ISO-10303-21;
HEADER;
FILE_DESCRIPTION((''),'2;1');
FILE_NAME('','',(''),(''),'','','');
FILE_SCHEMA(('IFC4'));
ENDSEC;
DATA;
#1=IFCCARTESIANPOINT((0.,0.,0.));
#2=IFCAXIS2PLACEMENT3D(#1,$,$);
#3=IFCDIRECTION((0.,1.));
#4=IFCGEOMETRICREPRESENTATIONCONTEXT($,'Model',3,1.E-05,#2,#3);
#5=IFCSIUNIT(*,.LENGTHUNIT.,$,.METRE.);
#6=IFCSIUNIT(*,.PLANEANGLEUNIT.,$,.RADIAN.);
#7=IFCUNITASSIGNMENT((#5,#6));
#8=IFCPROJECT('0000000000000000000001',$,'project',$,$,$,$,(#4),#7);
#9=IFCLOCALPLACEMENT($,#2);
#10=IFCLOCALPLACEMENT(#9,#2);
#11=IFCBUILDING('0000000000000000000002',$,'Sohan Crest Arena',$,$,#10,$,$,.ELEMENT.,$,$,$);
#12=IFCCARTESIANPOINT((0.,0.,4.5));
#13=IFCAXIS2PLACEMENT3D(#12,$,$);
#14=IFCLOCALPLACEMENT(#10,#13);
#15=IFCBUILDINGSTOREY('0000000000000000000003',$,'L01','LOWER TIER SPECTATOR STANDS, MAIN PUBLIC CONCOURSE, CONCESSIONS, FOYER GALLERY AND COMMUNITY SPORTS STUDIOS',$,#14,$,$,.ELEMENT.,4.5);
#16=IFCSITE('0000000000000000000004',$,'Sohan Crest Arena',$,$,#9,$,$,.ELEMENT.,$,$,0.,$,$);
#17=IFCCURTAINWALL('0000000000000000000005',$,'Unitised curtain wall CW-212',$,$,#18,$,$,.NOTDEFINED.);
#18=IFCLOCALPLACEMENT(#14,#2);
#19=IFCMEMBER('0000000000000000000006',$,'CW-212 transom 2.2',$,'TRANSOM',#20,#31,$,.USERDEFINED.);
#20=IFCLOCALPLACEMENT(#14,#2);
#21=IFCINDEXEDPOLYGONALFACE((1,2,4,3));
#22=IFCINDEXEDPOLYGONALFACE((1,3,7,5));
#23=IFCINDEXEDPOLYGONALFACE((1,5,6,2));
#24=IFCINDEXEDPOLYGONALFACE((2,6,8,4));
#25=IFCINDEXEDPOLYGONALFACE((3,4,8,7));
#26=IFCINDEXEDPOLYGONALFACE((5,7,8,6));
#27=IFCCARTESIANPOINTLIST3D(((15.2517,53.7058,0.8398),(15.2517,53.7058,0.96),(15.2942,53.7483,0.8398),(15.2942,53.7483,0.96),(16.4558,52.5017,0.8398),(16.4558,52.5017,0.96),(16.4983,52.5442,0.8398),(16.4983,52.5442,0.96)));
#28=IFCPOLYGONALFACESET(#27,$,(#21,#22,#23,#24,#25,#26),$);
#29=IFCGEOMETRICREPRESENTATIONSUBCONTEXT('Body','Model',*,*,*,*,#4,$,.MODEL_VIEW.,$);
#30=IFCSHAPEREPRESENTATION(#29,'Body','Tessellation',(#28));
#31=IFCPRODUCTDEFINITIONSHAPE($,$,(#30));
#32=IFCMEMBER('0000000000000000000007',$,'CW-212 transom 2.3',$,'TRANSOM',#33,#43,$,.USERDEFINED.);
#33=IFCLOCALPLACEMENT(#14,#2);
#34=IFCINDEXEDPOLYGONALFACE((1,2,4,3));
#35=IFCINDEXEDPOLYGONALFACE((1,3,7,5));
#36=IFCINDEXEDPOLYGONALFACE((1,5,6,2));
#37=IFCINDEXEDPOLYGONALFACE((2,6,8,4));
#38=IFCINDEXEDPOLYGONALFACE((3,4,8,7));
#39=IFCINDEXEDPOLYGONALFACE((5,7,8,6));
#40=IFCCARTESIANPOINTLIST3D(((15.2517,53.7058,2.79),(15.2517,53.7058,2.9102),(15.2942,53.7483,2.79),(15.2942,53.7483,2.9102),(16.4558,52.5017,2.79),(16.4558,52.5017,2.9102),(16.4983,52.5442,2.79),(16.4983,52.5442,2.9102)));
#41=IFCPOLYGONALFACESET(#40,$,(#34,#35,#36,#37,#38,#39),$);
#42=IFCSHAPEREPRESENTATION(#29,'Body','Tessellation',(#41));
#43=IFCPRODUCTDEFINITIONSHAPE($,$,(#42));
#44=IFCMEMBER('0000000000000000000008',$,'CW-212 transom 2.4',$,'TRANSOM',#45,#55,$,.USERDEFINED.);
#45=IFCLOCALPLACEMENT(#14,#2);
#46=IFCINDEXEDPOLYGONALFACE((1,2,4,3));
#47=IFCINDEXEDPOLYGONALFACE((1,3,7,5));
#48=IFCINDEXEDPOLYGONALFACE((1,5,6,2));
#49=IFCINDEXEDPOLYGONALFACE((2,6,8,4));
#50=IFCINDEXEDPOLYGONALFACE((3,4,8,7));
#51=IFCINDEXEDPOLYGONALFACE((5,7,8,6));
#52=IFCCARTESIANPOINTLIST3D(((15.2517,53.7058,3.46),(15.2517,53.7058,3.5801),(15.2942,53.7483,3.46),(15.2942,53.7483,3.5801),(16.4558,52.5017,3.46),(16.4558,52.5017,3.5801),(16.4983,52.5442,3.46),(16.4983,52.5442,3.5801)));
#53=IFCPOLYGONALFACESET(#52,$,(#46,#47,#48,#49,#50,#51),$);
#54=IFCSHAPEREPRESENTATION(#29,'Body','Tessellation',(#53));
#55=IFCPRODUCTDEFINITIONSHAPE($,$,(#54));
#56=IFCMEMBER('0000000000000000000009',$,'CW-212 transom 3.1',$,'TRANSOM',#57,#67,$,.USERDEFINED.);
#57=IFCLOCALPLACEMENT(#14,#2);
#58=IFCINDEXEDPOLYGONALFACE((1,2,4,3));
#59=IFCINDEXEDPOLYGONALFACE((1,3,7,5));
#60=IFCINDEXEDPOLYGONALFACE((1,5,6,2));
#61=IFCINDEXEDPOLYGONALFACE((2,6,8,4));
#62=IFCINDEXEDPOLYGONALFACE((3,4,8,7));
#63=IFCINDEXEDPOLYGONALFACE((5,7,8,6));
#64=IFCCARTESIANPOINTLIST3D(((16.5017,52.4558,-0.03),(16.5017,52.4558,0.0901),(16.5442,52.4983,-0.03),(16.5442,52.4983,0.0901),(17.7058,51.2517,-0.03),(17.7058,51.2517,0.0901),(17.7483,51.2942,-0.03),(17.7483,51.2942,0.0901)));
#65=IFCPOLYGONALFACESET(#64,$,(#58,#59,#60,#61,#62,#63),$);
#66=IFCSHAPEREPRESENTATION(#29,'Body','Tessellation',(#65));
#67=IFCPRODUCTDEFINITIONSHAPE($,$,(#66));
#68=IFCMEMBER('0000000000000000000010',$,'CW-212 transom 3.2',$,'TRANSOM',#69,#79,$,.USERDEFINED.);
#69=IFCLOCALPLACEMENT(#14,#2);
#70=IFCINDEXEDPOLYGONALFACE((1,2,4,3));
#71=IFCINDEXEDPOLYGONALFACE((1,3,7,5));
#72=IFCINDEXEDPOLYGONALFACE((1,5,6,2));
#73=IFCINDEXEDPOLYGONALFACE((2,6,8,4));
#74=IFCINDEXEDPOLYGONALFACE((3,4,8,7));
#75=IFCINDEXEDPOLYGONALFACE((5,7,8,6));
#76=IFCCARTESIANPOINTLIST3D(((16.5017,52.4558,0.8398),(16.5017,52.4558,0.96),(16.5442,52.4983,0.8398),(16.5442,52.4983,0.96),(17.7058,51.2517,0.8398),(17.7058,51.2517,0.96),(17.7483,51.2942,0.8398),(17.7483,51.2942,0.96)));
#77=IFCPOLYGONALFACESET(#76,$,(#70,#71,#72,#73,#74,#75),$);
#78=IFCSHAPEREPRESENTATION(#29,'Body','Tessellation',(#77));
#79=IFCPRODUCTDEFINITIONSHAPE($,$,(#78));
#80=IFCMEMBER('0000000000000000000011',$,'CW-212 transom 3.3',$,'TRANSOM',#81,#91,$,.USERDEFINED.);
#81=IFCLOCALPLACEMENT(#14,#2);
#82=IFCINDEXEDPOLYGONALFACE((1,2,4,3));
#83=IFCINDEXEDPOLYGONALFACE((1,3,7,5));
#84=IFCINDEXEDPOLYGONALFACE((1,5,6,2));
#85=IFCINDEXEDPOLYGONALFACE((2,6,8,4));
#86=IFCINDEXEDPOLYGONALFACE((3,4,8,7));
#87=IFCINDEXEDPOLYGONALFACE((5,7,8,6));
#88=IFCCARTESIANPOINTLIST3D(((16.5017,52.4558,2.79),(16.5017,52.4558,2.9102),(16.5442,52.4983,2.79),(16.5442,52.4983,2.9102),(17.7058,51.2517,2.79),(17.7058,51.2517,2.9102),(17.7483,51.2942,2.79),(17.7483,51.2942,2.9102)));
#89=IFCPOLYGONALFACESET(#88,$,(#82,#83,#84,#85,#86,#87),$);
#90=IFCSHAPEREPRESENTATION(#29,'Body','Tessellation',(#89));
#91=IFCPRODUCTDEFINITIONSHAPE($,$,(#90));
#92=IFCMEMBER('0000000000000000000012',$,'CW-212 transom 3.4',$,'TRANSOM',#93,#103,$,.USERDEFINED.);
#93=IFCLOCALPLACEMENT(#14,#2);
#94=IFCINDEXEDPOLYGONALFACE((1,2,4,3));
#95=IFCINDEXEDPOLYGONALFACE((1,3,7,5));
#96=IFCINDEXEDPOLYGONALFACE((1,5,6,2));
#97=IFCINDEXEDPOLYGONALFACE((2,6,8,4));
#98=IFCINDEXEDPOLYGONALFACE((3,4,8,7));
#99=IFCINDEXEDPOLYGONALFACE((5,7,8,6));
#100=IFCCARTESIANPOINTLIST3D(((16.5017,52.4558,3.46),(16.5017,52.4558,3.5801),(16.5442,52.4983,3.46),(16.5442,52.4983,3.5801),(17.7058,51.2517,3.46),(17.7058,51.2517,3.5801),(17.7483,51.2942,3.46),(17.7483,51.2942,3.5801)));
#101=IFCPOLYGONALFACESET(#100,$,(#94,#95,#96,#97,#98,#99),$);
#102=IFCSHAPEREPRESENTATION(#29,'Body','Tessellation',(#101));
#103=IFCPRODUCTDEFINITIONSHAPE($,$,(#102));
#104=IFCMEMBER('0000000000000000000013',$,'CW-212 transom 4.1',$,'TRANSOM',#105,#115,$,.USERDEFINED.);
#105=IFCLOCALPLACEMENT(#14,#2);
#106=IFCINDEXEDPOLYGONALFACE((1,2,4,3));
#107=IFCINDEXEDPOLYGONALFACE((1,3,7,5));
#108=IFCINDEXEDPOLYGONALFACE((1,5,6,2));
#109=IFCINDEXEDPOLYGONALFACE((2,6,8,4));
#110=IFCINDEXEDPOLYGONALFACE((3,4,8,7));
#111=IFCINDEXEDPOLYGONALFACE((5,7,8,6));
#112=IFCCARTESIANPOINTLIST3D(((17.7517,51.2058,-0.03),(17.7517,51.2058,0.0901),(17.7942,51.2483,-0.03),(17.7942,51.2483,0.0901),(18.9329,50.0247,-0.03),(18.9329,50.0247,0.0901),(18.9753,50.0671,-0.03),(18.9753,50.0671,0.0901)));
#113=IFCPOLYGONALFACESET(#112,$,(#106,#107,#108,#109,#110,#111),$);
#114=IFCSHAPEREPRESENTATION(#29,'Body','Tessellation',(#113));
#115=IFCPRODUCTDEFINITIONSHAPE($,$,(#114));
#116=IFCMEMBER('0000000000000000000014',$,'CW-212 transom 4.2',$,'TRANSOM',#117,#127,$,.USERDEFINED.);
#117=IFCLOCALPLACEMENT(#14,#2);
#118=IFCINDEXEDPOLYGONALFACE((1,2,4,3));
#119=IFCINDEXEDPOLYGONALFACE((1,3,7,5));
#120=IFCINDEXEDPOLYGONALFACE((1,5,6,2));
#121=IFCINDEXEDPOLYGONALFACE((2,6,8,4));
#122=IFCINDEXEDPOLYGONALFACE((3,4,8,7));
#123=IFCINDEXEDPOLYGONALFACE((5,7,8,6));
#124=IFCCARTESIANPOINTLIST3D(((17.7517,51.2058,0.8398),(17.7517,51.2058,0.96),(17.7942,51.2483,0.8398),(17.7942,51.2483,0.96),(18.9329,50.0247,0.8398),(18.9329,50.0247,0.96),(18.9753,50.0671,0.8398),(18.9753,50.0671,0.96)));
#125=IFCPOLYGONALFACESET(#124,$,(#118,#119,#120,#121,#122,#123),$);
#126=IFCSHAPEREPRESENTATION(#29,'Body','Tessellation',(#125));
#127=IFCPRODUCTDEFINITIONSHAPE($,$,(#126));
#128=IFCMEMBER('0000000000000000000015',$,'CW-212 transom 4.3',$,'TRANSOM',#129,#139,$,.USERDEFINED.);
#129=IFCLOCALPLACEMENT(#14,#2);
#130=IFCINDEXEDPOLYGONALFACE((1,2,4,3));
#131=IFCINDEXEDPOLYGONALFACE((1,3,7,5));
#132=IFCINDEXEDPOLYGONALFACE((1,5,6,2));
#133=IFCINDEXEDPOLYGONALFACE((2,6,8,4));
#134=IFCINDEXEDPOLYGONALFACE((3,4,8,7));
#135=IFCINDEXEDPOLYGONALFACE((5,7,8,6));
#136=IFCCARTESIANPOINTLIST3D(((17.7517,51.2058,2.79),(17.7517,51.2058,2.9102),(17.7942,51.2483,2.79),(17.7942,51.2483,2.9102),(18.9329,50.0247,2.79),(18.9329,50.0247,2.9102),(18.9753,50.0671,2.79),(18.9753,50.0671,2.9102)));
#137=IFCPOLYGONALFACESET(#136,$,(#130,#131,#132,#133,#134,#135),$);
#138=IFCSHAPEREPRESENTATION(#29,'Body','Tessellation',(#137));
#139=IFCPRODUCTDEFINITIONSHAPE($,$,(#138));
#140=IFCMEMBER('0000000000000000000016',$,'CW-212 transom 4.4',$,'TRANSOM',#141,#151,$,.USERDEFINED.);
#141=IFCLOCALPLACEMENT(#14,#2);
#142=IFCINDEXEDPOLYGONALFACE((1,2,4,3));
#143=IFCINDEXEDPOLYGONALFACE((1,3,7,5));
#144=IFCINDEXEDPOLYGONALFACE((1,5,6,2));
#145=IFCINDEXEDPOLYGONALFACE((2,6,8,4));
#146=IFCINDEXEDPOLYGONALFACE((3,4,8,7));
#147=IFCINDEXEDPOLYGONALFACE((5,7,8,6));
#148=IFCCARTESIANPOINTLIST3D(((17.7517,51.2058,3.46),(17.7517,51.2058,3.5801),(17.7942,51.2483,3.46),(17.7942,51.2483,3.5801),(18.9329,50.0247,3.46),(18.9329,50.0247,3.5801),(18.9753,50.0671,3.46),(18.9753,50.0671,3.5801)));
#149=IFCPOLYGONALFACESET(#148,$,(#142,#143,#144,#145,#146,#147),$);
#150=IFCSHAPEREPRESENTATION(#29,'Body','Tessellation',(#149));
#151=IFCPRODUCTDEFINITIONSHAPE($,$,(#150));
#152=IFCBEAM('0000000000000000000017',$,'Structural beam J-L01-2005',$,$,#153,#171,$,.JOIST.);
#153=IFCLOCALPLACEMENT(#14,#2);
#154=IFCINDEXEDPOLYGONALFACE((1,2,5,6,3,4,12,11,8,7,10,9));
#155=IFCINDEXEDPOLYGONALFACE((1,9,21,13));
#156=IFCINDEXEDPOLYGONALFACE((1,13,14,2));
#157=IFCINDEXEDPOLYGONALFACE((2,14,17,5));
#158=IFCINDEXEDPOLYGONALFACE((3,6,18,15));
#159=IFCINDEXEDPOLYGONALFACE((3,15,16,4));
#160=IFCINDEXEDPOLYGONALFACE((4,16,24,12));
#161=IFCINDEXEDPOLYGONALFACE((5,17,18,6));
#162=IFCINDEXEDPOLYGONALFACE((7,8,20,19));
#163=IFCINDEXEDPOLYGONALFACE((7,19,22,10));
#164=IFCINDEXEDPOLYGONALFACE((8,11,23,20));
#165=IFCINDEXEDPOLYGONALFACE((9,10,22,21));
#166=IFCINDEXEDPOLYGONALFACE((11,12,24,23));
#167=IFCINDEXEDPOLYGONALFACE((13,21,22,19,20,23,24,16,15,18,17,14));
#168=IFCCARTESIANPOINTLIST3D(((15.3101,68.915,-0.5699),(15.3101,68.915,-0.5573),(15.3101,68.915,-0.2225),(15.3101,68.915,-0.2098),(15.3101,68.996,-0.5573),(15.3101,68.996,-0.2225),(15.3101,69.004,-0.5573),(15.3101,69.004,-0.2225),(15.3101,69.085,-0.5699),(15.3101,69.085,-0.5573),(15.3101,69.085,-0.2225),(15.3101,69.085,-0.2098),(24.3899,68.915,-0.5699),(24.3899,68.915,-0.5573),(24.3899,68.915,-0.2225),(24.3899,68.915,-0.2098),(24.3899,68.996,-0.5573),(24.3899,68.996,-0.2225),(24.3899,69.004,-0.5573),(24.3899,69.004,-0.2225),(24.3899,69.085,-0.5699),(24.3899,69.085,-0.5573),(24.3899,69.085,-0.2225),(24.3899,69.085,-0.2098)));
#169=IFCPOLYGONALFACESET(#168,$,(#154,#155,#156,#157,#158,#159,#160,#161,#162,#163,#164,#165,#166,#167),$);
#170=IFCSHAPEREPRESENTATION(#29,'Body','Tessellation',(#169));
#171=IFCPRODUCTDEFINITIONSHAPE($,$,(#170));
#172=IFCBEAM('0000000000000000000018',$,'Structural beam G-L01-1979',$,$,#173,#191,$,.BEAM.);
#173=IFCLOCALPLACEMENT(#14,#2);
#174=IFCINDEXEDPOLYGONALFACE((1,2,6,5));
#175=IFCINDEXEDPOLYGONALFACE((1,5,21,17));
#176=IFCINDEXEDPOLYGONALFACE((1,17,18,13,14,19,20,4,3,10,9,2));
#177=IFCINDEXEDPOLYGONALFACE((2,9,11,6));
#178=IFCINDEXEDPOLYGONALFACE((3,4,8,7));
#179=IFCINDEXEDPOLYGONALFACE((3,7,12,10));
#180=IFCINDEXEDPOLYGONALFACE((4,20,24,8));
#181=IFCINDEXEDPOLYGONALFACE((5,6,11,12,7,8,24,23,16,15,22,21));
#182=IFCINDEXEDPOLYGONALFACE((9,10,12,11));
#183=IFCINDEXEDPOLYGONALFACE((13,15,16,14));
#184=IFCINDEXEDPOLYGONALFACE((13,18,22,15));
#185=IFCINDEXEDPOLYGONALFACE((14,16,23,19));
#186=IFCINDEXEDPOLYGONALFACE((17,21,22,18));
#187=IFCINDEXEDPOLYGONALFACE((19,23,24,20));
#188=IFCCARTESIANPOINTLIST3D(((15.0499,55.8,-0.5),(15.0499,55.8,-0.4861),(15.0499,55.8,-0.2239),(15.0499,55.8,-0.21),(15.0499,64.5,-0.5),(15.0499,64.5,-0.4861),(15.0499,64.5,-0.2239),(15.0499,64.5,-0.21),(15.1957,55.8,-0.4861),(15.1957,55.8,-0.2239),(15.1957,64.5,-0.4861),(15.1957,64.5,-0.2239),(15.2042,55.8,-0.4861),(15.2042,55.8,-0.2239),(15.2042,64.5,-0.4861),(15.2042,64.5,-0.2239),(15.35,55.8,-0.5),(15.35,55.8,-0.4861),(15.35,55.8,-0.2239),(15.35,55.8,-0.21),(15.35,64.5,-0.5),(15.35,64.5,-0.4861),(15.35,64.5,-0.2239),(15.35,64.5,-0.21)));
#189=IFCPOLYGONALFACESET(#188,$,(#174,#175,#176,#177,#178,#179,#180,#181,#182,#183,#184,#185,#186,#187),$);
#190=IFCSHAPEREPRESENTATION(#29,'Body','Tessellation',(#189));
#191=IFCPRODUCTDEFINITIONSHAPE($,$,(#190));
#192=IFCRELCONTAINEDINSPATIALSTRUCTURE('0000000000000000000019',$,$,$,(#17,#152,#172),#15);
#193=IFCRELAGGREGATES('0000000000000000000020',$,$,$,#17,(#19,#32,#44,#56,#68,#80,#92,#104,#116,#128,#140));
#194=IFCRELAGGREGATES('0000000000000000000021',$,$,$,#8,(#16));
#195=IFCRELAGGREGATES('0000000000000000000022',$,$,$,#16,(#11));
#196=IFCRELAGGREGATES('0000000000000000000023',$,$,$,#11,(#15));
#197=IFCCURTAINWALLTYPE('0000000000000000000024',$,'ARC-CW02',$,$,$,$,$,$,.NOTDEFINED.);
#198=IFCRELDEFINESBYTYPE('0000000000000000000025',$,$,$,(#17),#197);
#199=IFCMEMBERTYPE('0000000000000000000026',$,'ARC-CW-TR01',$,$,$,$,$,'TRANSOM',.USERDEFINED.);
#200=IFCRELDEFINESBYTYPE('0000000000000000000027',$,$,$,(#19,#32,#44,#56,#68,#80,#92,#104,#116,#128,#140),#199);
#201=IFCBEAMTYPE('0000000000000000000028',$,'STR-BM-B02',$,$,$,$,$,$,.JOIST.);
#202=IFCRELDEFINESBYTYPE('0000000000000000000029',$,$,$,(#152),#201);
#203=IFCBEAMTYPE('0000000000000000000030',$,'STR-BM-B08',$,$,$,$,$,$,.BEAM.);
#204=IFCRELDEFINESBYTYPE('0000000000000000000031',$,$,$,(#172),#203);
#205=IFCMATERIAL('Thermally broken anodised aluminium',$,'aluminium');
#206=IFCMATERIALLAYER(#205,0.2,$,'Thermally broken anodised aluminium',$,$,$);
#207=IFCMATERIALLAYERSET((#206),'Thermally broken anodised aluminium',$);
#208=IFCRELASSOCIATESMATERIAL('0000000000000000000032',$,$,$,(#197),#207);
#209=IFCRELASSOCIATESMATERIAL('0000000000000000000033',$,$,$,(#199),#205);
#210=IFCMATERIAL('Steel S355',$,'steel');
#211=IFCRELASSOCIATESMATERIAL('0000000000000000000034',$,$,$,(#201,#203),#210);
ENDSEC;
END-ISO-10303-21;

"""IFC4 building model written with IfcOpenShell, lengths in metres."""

from ifc_helpers import new_model, si_unit, direction, frame, origin, origin_2d, place, context, subcontext, project, spatial, rectangle, i_section, extrude, material, layer, layer_set, material_profile, profile_set, type_object, element, aggregate, save


model = new_model("IFC4")

# Units and contexts
model_context = context("Model", 3, precision=1e-05, world=origin(), true_north=direction((0.0, 1.0)))
body_context = subcontext(model_context, "Body", "Model", "MODEL_VIEW")
ifc_project = project(units=[si_unit("LENGTHUNIT", "METRE"), si_unit("PLANEANGLEUNIT", "RADIAN")], contexts=[model_context])

# Site, building, storey
site_placement = place(None, origin())
site = spatial("IfcSite", under=ifc_project, at=site_placement, Name="Sohan Crest Arena", CompositionType="ELEMENT", RefElevation=0.0)
building_placement = place(site_placement, origin())
building = spatial("IfcBuilding", under=site, at=building_placement, Name="Sohan Crest Arena", CompositionType="ELEMENT")
storey_placement = place(building_placement, frame((0.0, 0.0, 4.5)))
storey = spatial("IfcBuildingStorey", under=building, at=storey_placement, Name="L01", Description="LOWER TIER SPECTATOR STANDS, MAIN PUBLIC CONCOURSE, CONCESSIONS, FOYER GALLERY AND COMMUNITY SPORTS STUDIOS", CompositionType="ELEMENT", Elevation=4.5)

# Curtain wall, members
ifc_material_1 = material(Name="Thermally broken anodised aluminium", Category="aluminium")
ifc_layer_1 = layer(ifc_material_1, 0.2, Name="Thermally broken anodised aluminium")
ifc_layer_set_1 = layer_set([ifc_layer_1], Name="Thermally broken anodised aluminium")
curtain_wall_type = type_object("IfcCurtainWallType", Name="ARC-CW02", PredefinedType="NOTDEFINED", material=ifc_layer_set_1)
curtain_wall_placement = place(storey_placement, origin())
curtain_wall = element("IfcCurtainWall", 1, at=curtain_wall_placement, inside=storey, type_object=curtain_wall_type, Name="Unitised curtain wall CW-212", PredefinedType="NOTDEFINED")
ifc_material_profile_1 = material_profile(ifc_material_1, rectangle(XDim=0.0601, YDim=0.1201, at=origin_2d()), Name="ALU-TRAN 60x120")
ifc_profile_set_1 = profile_set([ifc_material_profile_1], Name="Thermally broken anodised aluminium")
member_type_1 = type_object("IfcMemberType", Name="ARC-CW-TR01", ElementType="TRANSOM", PredefinedType="USERDEFINED", material=ifc_profile_set_1)
member_1_placement = place(storey_placement, frame((15.2729, 53.7271, 0.8999), z_axis=(0.707107, -0.707107, 0.0), x_axis=(0.707107, 0.707107, 0.0)))
member_1 = element("IfcMember", 2, at=member_1_placement, type_object=member_type_1, Name="CW-212 transom 2.2", ObjectType="TRANSOM", PredefinedType="USERDEFINED", context=body_context, shape_type="SweptSolid", body=[
    extrude(rectangle(XDim=0.0601, YDim=0.1201, at=origin_2d()), origin(), (0.0, 0.0, 1.0), 1.7029),
])
member_2_placement = place(storey_placement, frame((15.2729, 53.7271, 2.8501), z_axis=(0.707107, -0.707107, 0.0), x_axis=(0.707107, 0.707107, 0.0)))
member_2 = element("IfcMember", 3, at=member_2_placement, type_object=member_type_1, Name="CW-212 transom 2.3", ObjectType="TRANSOM", PredefinedType="USERDEFINED", context=body_context, shape_type="SweptSolid", body=[
    extrude(rectangle(XDim=0.0601, YDim=0.1201, at=origin_2d()), origin(), (0.0, 0.0, 1.0), 1.7029),
])
member_3_placement = place(storey_placement, frame((15.2729, 53.7271, 3.52), z_axis=(0.707107, -0.707107, 0.0), x_axis=(0.707107, 0.707107, 0.0)))
member_3 = element("IfcMember", 4, at=member_3_placement, type_object=member_type_1, Name="CW-212 transom 2.4", ObjectType="TRANSOM", PredefinedType="USERDEFINED", context=body_context, shape_type="SweptSolid", body=[
    extrude(rectangle(XDim=0.0601, YDim=0.1201, at=origin_2d()), origin(), (0.0, 0.0, 1.0), 1.7029),
])
member_4_placement = place(storey_placement, frame((16.5229, 52.4771, 0.03), z_axis=(0.707107, -0.707107, 0.0), x_axis=(0.707107, 0.707107, 0.0)))
member_4 = element("IfcMember", 5, at=member_4_placement, type_object=member_type_1, Name="CW-212 transom 3.1", ObjectType="TRANSOM", PredefinedType="USERDEFINED", context=body_context, shape_type="SweptSolid", body=[
    extrude(rectangle(XDim=0.0601, YDim=0.1201, at=origin_2d()), origin(), (0.0, 0.0, 1.0), 1.7029),
])
member_5_placement = place(storey_placement, frame((16.5229, 52.4771, 0.8999), z_axis=(0.707107, -0.707107, 0.0), x_axis=(0.707107, 0.707107, 0.0)))
member_5 = element("IfcMember", 6, at=member_5_placement, type_object=member_type_1, Name="CW-212 transom 3.2", ObjectType="TRANSOM", PredefinedType="USERDEFINED", context=body_context, shape_type="SweptSolid", body=[
    extrude(rectangle(XDim=0.0601, YDim=0.1201, at=origin_2d()), origin(), (0.0, 0.0, 1.0), 1.7029),
])
member_6_placement = place(storey_placement, frame((16.5229, 52.4771, 2.8501), z_axis=(0.707107, -0.707107, 0.0), x_axis=(0.707107, 0.707107, 0.0)))
member_6 = element("IfcMember", 7, at=member_6_placement, type_object=member_type_1, Name="CW-212 transom 3.3", ObjectType="TRANSOM", PredefinedType="USERDEFINED", context=body_context, shape_type="SweptSolid", body=[
    extrude(rectangle(XDim=0.0601, YDim=0.1201, at=origin_2d()), origin(), (0.0, 0.0, 1.0), 1.7029),
])
member_7_placement = place(storey_placement, frame((16.5229, 52.4771, 3.52), z_axis=(0.707107, -0.707107, 0.0), x_axis=(0.707107, 0.707107, 0.0)))
member_7 = element("IfcMember", 8, at=member_7_placement, type_object=member_type_1, Name="CW-212 transom 3.4", ObjectType="TRANSOM", PredefinedType="USERDEFINED", context=body_context, shape_type="SweptSolid", body=[
    extrude(rectangle(XDim=0.0601, YDim=0.1201, at=origin_2d()), origin(), (0.0, 0.0, 1.0), 1.7029),
])
member_8_placement = place(storey_placement, frame((17.7729, 51.2271, 0.03), z_axis=(0.707107, -0.707107, 0.0), x_axis=(0.707107, 0.707107, 0.0)))
member_8 = element("IfcMember", 9, at=member_8_placement, type_object=member_type_1, Name="CW-212 transom 4.1", ObjectType="TRANSOM", PredefinedType="USERDEFINED", context=body_context, shape_type="SweptSolid", body=[
    extrude(rectangle(XDim=0.0601, YDim=0.1201, at=origin_2d()), origin(), (0.0, 0.0, 1.0), 1.6704),
])
member_9_placement = place(storey_placement, frame((17.7729, 51.2271, 0.8999), z_axis=(0.707107, -0.707107, 0.0), x_axis=(0.707107, 0.707107, 0.0)))
member_9 = element("IfcMember", 10, at=member_9_placement, type_object=member_type_1, Name="CW-212 transom 4.2", ObjectType="TRANSOM", PredefinedType="USERDEFINED", context=body_context, shape_type="SweptSolid", body=[
    extrude(rectangle(XDim=0.0601, YDim=0.1201, at=origin_2d()), origin(), (0.0, 0.0, 1.0), 1.6704),
])
member_10_placement = place(storey_placement, frame((17.7729, 51.2271, 2.8501), z_axis=(0.707107, -0.707107, 0.0), x_axis=(0.707107, 0.707107, 0.0)))
member_10 = element("IfcMember", 11, at=member_10_placement, type_object=member_type_1, Name="CW-212 transom 4.3", ObjectType="TRANSOM", PredefinedType="USERDEFINED", context=body_context, shape_type="SweptSolid", body=[
    extrude(rectangle(XDim=0.0601, YDim=0.1201, at=origin_2d()), origin(), (0.0, 0.0, 1.0), 1.6704),
])
member_11_placement = place(storey_placement, frame((17.7729, 51.2271, 3.52), z_axis=(0.707107, -0.707107, 0.0), x_axis=(0.707107, 0.707107, 0.0)))
member_11 = element("IfcMember", 12, at=member_11_placement, type_object=member_type_1, Name="CW-212 transom 4.4", ObjectType="TRANSOM", PredefinedType="USERDEFINED", context=body_context, shape_type="SweptSolid", body=[
    extrude(rectangle(XDim=0.0601, YDim=0.1201, at=origin_2d()), origin(), (0.0, 0.0, 1.0), 1.6704),
])

# Beams
ifc_material_2 = material(Name="Steel S355", Category="steel")
ifc_material_profile_2 = material_profile(ifc_material_2, i_section(OverallWidth=0.1699, OverallDepth=0.3601, WebThickness=0.0081, FlangeThickness=0.0127, at=origin_2d()), Name="IPE 360")
ifc_profile_set_2 = profile_set([ifc_material_profile_2], Name="Steel S355")
beam_type_1 = type_object("IfcBeamType", Name="STR-BM-B02", PredefinedType="JOIST", material=ifc_profile_set_2)
beam_1_placement = place(storey_placement, frame((15.3101, 69.0, -0.3899), z_axis=(1.0, 0.0, 0.0), x_axis=(0.0, 1.0, 0.0)))
element("IfcBeam", 13, at=beam_1_placement, inside=storey, type_object=beam_type_1, Name="Structural beam J-L01-2005", PredefinedType="JOIST", context=body_context, shape_type="SweptSolid", body=[
    extrude(i_section(OverallWidth=0.1699, OverallDepth=0.3601, WebThickness=0.0081, FlangeThickness=0.0127, at=origin_2d()), origin(), (0.0, 0.0, 1.0), 9.0798),
])
ifc_material_profile_3 = material_profile(ifc_material_2, i_section(OverallWidth=0.3, OverallDepth=0.29, WebThickness=0.0085, FlangeThickness=0.0139, at=origin_2d()), Name="HEA 300")
ifc_profile_set_3 = profile_set([ifc_material_profile_3], Name="Steel S355")
beam_type_2 = type_object("IfcBeamType", Name="STR-BM-B08", PredefinedType="BEAM", material=ifc_profile_set_3)
beam_2_placement = place(storey_placement, frame((15.2, 55.8, -0.355), z_axis=(0.0, 1.0, 0.0), x_axis=(-1.0, 0.0, 0.0)))
element("IfcBeam", 14, at=beam_2_placement, inside=storey, type_object=beam_type_2, Name="Structural beam G-L01-1979", PredefinedType="BEAM", context=body_context, shape_type="SweptSolid", body=[
    extrude(i_section(OverallWidth=0.3, OverallDepth=0.29, WebThickness=0.0085, FlangeThickness=0.0139, at=origin_2d()), origin(), (0.0, 0.0, 1.0), 8.7),
])

aggregate(curtain_wall, [member_1, member_2, member_3, member_4, member_5, member_6, member_7, member_8, member_9, member_10, member_11])

save(model, "model.ifc")
